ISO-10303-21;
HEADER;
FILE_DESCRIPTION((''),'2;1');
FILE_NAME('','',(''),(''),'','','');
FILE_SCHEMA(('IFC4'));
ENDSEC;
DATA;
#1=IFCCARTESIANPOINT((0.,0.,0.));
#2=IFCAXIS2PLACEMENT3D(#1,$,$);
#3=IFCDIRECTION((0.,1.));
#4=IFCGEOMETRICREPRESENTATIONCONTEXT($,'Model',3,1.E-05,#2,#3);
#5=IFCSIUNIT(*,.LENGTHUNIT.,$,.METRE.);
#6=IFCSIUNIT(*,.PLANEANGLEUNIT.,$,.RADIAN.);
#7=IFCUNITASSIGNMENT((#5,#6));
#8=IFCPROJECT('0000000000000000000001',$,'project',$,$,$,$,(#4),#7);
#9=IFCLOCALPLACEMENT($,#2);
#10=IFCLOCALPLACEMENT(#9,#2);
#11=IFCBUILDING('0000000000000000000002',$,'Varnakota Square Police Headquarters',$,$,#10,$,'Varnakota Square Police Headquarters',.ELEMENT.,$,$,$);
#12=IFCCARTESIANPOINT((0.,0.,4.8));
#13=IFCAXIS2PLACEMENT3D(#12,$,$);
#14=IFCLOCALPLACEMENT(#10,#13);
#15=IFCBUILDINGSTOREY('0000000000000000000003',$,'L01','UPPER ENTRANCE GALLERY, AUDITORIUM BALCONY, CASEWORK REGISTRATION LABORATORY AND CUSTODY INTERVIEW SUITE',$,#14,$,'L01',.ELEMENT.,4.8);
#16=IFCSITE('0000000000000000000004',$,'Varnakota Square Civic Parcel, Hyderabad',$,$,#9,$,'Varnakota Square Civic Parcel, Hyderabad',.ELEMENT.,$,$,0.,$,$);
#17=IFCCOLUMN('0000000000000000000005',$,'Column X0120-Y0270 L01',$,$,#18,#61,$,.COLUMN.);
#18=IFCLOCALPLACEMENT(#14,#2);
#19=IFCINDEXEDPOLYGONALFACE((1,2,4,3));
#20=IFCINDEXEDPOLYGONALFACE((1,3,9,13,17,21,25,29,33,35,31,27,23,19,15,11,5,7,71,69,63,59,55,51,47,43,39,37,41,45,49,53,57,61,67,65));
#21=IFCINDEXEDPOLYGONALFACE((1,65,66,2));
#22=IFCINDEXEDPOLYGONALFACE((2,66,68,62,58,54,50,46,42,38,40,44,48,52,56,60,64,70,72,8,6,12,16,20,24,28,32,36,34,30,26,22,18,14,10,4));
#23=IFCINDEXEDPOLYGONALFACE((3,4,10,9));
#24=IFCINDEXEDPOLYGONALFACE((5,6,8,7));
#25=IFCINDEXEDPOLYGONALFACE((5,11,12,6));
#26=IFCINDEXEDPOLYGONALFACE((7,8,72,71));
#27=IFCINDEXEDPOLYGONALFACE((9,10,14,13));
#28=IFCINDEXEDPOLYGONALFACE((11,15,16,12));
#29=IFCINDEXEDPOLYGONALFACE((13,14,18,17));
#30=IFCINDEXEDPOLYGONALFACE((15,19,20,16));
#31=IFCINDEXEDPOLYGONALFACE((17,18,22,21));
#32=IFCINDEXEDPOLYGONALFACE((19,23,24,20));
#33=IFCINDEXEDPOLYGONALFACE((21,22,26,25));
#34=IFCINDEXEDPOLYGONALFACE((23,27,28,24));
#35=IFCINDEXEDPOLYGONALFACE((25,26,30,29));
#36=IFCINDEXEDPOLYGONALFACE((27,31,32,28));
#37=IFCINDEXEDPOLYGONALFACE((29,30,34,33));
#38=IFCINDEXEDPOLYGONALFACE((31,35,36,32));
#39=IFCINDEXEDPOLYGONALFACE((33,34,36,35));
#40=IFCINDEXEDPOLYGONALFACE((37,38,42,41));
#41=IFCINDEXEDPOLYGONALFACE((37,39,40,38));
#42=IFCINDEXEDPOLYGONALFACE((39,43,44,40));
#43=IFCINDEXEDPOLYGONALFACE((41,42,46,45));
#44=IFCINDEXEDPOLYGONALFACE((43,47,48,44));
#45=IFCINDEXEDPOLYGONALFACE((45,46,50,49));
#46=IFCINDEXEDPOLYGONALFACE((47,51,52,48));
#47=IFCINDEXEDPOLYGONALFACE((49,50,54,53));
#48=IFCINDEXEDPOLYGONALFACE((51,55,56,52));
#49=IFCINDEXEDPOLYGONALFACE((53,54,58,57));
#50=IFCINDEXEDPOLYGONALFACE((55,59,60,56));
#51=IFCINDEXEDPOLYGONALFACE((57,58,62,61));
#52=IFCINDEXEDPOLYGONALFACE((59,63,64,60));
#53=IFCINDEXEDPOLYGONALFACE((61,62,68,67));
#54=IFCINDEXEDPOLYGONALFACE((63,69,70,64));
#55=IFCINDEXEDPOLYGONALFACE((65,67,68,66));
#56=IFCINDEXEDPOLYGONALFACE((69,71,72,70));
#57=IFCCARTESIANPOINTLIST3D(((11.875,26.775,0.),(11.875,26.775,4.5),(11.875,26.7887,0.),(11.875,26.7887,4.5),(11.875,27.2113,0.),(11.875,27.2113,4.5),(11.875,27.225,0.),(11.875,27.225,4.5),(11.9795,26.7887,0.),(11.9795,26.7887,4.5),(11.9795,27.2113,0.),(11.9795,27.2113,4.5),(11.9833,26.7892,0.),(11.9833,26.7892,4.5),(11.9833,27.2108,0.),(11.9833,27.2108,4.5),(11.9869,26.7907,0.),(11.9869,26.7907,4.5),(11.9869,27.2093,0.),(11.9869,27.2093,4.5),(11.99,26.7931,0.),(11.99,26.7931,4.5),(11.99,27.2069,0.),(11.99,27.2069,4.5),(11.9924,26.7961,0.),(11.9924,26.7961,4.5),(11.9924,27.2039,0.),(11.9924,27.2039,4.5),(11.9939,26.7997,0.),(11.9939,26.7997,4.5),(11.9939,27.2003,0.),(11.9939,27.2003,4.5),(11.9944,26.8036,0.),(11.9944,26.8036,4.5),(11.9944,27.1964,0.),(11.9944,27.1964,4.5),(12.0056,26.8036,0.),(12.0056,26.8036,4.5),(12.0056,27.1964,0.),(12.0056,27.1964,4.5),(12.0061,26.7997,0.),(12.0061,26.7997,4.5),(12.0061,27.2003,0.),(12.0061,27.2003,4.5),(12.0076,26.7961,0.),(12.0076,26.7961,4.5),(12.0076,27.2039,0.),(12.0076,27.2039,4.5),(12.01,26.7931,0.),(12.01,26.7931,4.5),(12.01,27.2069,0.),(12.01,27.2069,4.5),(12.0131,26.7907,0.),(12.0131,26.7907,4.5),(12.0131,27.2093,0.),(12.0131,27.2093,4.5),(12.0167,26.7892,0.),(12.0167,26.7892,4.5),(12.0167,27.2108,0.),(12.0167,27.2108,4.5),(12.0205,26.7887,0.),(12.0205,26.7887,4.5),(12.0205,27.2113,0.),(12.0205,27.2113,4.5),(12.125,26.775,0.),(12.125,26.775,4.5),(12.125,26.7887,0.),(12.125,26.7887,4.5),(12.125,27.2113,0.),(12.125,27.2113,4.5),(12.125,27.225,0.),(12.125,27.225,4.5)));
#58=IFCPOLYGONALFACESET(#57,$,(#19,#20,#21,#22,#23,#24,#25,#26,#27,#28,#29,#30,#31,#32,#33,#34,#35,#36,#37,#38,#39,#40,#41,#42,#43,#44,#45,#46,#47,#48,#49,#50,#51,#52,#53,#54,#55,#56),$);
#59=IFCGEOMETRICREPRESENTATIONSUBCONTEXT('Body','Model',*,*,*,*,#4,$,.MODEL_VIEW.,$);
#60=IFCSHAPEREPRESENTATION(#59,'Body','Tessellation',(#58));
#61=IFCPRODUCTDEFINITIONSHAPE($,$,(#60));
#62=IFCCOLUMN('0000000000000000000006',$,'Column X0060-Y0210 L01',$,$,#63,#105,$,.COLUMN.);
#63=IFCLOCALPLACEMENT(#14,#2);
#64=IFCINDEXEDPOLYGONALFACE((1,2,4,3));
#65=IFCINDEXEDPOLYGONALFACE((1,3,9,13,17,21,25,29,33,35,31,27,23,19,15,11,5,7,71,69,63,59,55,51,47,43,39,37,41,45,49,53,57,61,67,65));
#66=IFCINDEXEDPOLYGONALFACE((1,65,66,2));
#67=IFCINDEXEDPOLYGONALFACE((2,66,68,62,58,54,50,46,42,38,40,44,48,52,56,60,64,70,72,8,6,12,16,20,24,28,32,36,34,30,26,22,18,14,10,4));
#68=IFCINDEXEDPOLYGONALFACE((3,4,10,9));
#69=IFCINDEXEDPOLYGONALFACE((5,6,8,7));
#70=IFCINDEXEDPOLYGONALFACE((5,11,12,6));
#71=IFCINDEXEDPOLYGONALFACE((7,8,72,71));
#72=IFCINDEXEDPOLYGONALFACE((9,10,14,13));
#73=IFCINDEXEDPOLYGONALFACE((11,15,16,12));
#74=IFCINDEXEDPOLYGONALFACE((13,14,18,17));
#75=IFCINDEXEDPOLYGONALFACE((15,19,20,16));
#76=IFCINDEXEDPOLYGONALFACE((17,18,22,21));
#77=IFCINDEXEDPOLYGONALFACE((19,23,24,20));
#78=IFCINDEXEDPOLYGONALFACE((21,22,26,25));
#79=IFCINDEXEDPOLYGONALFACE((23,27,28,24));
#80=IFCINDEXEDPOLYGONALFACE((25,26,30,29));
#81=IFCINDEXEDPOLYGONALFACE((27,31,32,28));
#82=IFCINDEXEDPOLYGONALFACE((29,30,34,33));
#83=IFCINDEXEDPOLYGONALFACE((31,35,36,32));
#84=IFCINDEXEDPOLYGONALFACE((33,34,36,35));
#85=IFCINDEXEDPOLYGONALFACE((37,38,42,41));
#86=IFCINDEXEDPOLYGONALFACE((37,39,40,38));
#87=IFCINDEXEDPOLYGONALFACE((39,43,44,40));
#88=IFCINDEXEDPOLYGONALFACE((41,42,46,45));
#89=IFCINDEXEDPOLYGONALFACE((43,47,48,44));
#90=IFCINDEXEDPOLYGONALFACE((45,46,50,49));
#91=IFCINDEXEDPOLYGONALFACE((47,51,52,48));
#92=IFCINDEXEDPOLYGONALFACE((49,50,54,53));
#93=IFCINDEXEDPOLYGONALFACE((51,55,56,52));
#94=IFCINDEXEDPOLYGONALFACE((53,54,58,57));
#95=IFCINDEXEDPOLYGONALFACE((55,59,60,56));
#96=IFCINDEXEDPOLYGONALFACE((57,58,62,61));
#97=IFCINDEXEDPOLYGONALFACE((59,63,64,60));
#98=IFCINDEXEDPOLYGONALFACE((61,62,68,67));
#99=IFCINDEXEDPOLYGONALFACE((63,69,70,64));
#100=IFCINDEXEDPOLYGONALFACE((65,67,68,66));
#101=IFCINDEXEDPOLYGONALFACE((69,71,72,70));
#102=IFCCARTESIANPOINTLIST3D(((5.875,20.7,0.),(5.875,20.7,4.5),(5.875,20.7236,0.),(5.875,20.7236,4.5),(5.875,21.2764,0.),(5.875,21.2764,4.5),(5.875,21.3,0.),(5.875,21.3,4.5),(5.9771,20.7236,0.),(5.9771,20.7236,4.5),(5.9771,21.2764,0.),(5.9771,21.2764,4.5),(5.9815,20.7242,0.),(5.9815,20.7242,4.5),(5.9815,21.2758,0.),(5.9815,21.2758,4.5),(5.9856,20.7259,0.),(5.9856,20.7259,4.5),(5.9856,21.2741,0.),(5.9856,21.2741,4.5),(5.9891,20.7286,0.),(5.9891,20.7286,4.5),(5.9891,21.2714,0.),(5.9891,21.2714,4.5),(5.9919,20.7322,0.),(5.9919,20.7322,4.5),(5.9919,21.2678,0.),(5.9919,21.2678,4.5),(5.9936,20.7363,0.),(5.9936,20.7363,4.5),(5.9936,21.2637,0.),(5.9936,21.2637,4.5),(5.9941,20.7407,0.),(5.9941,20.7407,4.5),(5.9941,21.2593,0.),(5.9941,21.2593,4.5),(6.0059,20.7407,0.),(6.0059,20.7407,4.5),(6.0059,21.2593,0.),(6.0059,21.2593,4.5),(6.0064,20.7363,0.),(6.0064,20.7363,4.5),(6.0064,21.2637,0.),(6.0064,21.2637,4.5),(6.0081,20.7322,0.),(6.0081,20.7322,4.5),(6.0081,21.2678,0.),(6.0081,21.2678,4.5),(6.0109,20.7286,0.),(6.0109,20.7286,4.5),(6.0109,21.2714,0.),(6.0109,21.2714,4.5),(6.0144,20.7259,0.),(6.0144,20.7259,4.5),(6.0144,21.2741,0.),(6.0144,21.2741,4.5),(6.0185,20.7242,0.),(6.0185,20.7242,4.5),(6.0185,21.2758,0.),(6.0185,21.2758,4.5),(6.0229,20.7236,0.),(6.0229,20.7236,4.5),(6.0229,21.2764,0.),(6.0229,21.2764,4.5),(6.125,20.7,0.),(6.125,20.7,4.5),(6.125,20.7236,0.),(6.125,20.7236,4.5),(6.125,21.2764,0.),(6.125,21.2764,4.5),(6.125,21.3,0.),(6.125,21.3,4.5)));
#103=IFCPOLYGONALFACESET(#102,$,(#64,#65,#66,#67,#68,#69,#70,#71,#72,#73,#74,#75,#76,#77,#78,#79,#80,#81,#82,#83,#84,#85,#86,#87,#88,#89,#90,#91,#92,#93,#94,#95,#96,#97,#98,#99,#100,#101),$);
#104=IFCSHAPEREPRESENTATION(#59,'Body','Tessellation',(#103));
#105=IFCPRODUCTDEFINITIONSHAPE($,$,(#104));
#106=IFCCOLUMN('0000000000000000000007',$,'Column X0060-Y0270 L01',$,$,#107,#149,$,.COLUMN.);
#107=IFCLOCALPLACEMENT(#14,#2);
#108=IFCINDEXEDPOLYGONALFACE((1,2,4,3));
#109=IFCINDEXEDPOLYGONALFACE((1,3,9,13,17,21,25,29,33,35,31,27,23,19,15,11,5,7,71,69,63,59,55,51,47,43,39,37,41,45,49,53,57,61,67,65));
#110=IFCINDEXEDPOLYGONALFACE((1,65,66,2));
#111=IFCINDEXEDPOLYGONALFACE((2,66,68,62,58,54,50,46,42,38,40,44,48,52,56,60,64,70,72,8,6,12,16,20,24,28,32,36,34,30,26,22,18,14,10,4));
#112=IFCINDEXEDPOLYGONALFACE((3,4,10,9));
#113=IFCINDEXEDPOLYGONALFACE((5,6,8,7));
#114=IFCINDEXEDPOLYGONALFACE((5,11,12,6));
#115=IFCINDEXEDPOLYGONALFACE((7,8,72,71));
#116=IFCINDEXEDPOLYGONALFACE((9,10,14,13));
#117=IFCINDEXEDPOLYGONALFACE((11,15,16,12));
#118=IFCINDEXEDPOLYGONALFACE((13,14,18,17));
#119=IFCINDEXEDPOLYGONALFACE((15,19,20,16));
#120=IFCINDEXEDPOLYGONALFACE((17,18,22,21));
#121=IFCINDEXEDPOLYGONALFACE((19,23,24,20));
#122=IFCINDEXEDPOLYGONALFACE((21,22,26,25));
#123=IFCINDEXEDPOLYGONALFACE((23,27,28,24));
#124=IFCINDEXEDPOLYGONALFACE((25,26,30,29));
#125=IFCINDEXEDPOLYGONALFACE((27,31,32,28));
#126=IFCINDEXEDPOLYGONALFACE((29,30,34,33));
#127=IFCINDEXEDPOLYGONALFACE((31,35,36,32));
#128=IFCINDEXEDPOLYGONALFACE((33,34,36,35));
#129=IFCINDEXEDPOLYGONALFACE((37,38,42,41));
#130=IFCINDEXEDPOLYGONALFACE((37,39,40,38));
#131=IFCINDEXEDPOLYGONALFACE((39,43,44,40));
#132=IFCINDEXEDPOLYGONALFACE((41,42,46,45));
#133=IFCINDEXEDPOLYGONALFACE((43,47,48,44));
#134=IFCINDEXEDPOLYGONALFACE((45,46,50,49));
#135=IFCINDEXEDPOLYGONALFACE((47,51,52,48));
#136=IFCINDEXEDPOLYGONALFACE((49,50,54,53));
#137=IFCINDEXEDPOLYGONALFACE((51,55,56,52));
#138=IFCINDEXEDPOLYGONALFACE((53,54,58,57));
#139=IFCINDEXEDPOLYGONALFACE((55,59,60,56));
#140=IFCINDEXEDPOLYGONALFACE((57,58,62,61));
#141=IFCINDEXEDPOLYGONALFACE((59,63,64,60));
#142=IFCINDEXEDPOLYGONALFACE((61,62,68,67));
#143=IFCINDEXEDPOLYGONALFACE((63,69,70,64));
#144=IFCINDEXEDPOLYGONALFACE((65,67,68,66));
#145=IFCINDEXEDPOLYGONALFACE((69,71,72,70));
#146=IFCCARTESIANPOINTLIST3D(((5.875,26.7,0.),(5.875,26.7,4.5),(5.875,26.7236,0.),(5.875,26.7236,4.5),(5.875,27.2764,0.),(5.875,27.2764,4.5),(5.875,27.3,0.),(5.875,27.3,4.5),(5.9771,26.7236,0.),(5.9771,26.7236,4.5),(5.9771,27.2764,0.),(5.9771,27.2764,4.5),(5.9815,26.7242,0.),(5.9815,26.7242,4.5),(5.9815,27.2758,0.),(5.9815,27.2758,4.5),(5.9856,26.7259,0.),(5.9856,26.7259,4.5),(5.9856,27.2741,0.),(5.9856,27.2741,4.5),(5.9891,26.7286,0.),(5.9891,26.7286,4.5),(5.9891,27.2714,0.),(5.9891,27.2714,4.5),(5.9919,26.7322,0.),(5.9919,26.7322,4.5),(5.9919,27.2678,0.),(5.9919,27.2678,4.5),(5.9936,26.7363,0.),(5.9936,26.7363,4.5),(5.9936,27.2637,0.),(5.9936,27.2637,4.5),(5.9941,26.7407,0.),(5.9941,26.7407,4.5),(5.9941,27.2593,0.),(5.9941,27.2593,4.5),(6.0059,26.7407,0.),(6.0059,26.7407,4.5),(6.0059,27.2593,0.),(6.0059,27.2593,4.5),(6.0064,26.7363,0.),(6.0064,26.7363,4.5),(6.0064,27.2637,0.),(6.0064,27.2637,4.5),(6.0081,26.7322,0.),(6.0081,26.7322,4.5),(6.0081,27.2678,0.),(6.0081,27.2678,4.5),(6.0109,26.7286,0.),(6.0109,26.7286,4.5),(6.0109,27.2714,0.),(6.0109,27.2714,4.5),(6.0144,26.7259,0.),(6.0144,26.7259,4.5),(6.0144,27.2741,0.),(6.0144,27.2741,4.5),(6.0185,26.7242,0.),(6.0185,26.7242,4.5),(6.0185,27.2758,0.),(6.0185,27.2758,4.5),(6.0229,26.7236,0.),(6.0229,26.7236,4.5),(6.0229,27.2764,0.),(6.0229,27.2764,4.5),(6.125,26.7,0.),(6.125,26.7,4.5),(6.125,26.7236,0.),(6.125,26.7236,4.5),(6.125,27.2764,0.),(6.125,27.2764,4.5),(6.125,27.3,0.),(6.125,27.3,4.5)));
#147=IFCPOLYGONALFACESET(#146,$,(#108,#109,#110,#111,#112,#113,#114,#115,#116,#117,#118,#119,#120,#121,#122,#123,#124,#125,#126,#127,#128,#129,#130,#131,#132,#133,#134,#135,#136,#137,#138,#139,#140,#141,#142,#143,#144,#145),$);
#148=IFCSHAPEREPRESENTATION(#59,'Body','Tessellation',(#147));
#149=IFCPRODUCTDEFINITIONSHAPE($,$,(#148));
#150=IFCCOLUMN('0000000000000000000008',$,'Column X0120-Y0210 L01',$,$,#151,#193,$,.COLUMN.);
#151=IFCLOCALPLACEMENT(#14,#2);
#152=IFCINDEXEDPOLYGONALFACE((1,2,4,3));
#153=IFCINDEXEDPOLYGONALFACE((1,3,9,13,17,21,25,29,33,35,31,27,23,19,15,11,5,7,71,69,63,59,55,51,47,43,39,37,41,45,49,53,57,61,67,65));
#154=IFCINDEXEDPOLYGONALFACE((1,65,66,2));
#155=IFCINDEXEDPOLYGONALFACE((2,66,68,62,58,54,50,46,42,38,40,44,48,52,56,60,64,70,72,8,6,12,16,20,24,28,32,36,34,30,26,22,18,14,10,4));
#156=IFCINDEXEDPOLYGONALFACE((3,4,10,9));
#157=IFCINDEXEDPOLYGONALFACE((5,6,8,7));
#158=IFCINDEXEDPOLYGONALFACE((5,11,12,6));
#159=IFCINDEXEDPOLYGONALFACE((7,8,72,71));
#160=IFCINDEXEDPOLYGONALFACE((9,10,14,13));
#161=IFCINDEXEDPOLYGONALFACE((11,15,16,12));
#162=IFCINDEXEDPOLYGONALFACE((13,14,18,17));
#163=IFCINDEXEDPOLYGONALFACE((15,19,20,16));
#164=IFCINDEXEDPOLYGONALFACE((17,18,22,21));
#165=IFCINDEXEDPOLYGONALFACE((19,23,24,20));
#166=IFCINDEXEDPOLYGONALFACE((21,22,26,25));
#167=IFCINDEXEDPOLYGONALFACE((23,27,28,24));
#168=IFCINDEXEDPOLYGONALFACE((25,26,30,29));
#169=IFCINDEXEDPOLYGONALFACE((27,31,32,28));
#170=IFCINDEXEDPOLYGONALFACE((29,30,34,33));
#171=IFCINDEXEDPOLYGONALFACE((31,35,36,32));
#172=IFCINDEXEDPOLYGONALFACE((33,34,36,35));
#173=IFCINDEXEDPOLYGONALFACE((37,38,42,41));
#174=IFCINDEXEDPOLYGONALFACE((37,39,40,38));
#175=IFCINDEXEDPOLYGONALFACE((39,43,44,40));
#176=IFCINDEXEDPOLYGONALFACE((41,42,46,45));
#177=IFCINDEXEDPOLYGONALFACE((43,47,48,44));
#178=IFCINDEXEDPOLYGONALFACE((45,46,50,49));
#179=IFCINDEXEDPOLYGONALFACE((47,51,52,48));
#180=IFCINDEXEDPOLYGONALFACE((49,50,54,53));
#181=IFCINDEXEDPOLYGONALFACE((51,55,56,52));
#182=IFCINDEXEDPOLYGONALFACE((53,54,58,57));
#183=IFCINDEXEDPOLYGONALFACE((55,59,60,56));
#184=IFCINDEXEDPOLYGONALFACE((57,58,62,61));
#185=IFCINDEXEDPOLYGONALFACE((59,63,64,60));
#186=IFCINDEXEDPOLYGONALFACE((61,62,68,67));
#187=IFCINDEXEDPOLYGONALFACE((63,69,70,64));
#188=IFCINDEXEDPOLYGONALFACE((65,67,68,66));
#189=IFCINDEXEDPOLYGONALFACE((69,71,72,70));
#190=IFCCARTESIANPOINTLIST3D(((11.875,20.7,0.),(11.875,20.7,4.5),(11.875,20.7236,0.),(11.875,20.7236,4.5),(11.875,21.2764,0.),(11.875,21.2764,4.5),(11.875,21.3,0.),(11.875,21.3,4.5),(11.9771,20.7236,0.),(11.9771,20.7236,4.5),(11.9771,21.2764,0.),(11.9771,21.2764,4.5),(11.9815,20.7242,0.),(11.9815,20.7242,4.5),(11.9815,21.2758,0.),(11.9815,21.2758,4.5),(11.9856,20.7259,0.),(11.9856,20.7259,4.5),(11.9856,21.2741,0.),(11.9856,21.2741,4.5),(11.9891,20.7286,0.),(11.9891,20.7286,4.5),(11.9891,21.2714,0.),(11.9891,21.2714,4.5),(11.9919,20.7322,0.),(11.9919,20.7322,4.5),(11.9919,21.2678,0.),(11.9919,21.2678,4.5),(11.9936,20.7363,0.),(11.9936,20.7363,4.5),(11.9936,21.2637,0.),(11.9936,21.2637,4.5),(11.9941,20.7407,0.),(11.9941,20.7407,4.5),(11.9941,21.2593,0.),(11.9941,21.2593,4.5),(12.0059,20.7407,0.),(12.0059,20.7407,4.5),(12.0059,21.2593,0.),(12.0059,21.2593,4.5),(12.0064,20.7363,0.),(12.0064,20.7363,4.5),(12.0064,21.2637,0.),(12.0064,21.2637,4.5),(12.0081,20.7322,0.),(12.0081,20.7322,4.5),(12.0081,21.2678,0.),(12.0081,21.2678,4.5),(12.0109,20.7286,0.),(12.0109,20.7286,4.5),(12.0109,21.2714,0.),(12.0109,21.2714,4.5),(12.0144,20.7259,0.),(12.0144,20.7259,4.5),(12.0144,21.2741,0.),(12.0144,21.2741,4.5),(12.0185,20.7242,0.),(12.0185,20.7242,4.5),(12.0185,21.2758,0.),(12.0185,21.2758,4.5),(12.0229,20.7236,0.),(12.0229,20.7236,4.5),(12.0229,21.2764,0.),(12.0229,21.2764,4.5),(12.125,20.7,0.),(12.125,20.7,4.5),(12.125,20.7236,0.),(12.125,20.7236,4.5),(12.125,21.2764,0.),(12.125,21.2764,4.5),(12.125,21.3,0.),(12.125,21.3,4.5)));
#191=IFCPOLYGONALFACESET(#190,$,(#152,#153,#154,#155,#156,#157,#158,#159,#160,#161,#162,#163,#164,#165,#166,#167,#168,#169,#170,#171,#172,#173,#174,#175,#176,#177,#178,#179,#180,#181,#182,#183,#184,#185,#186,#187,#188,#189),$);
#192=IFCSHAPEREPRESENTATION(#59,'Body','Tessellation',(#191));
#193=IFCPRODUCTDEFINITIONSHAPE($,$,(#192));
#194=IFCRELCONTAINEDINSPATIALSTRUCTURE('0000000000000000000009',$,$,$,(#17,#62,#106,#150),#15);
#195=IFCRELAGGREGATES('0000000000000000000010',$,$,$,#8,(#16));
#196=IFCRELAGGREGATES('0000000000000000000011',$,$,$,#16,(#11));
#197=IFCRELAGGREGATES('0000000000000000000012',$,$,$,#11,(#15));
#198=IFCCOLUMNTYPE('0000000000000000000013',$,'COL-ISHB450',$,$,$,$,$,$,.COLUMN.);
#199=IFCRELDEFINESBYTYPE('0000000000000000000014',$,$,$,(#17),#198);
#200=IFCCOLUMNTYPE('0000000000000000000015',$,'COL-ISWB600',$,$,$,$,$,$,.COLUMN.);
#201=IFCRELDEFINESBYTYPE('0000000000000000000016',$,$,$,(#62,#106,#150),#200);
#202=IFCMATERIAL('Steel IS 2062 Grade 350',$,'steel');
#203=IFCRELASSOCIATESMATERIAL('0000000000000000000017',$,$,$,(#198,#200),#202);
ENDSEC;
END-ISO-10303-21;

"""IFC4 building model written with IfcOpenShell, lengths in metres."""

from ifc_helpers import new_model, si_unit, direction, frame, origin, origin_2d, place, context, subcontext, project, spatial, i_section, extrude, material, material_profile, profile_set, type_object, element, save


model = new_model("IFC4")

# Units and contexts
model_context = context("Model", 3, precision=1e-05, world=origin(), true_north=direction((0.0, 1.0)))
body_context = subcontext(model_context, "Body", "Model", "MODEL_VIEW")
ifc_project = project(units=[si_unit("LENGTHUNIT", "METRE"), si_unit("PLANEANGLEUNIT", "RADIAN")], contexts=[model_context])

# Site, building, storey
site_placement = place(None, origin())
site = spatial("IfcSite", under=ifc_project, at=site_placement, Name="Varnakota Square Civic Parcel, Hyderabad", LongName="Varnakota Square Civic Parcel, Hyderabad", CompositionType="ELEMENT", RefElevation=0.0)
building_placement = place(site_placement, origin())
building = spatial("IfcBuilding", under=site, at=building_placement, Name="Varnakota Square Police Headquarters", LongName="Varnakota Square Police Headquarters", CompositionType="ELEMENT")
storey_placement = place(building_placement, frame((0.0, 0.0, 4.8)))
storey = spatial("IfcBuildingStorey", under=building, at=storey_placement, Name="L01", Description="UPPER ENTRANCE GALLERY, AUDITORIUM BALCONY, CASEWORK REGISTRATION LABORATORY AND CUSTODY INTERVIEW SUITE", LongName="L01", CompositionType="ELEMENT", Elevation=4.8)

# Columns
ifc_material_1 = material(Name="Steel IS 2062 Grade 350", Category="steel")
ifc_material_profile_1 = material_profile(ifc_material_1, i_section(OverallWidth=0.25, OverallDepth=0.45, WebThickness=0.0112, FlangeThickness=0.0137, FilletRadius=0.0149, at=origin_2d()), Name="ISHB 450")
ifc_profile_set_1 = profile_set([ifc_material_profile_1], Name="Steel IS 2062 Grade 350")
column_type_1 = type_object("IfcColumnType", Name="COL-ISHB450", PredefinedType="COLUMN", material=ifc_profile_set_1)
column_placement = place(storey_placement, frame((12.0, 27.0, 0.0), z_axis=(0.0, 0.0, 1.0), x_axis=(1.0, 0.0, 0.0)))
element("IfcColumn", 1, at=column_placement, inside=storey, type_object=column_type_1, Name="Column X0120-Y0270 L01", PredefinedType="COLUMN", context=body_context, shape_type="SweptSolid", body=[
    extrude(i_section(OverallWidth=0.25, OverallDepth=0.45, WebThickness=0.0112, FlangeThickness=0.0137, FilletRadius=0.0149, at=origin_2d()), origin(), (0.0, 0.0, 1.0), 4.5),
])
ifc_material_profile_2 = material_profile(ifc_material_1, i_section(OverallWidth=0.25, OverallDepth=0.6001, WebThickness=0.0117, FlangeThickness=0.0237, FilletRadius=0.0171, at=origin_2d()), Name="ISWB 600")
ifc_profile_set_2 = profile_set([ifc_material_profile_2], Name="Steel IS 2062 Grade 350")
column_type_2 = type_object("IfcColumnType", Name="COL-ISWB600", PredefinedType="COLUMN", material=ifc_profile_set_2)
for number, where, z_axis, x_axis, name in (
    (2, (6.0, 21.0, 0.0), (0.0, 0.0, 1.0), (1.0, 0.0, 0.0), "Column X0060-Y0210 L01"),
    (3, (6.0, 27.0, 0.0), (0.0, 0.0, 1.0), (1.0, 0.0, 0.0), "Column X0060-Y0270 L01"),
    (4, (12.0, 21.0, 0.0), (0.0, 0.0, 1.0), (1.0, 0.0, 0.0), "Column X0120-Y0210 L01"),
):
    element("IfcColumn", number, at=place(storey_placement, frame(where, z_axis=z_axis, x_axis=x_axis)), inside=storey, type_object=column_type_2, Name=name, PredefinedType="COLUMN", context=body_context, shape_type="SweptSolid", body=[
        extrude(i_section(OverallWidth=0.25, OverallDepth=0.6001, WebThickness=0.0117, FlangeThickness=0.0237, FilletRadius=0.0171, at=origin_2d()), origin(), (0.0, 0.0, 1.0), 4.5),
    ])

save(model, "model.ifc")
